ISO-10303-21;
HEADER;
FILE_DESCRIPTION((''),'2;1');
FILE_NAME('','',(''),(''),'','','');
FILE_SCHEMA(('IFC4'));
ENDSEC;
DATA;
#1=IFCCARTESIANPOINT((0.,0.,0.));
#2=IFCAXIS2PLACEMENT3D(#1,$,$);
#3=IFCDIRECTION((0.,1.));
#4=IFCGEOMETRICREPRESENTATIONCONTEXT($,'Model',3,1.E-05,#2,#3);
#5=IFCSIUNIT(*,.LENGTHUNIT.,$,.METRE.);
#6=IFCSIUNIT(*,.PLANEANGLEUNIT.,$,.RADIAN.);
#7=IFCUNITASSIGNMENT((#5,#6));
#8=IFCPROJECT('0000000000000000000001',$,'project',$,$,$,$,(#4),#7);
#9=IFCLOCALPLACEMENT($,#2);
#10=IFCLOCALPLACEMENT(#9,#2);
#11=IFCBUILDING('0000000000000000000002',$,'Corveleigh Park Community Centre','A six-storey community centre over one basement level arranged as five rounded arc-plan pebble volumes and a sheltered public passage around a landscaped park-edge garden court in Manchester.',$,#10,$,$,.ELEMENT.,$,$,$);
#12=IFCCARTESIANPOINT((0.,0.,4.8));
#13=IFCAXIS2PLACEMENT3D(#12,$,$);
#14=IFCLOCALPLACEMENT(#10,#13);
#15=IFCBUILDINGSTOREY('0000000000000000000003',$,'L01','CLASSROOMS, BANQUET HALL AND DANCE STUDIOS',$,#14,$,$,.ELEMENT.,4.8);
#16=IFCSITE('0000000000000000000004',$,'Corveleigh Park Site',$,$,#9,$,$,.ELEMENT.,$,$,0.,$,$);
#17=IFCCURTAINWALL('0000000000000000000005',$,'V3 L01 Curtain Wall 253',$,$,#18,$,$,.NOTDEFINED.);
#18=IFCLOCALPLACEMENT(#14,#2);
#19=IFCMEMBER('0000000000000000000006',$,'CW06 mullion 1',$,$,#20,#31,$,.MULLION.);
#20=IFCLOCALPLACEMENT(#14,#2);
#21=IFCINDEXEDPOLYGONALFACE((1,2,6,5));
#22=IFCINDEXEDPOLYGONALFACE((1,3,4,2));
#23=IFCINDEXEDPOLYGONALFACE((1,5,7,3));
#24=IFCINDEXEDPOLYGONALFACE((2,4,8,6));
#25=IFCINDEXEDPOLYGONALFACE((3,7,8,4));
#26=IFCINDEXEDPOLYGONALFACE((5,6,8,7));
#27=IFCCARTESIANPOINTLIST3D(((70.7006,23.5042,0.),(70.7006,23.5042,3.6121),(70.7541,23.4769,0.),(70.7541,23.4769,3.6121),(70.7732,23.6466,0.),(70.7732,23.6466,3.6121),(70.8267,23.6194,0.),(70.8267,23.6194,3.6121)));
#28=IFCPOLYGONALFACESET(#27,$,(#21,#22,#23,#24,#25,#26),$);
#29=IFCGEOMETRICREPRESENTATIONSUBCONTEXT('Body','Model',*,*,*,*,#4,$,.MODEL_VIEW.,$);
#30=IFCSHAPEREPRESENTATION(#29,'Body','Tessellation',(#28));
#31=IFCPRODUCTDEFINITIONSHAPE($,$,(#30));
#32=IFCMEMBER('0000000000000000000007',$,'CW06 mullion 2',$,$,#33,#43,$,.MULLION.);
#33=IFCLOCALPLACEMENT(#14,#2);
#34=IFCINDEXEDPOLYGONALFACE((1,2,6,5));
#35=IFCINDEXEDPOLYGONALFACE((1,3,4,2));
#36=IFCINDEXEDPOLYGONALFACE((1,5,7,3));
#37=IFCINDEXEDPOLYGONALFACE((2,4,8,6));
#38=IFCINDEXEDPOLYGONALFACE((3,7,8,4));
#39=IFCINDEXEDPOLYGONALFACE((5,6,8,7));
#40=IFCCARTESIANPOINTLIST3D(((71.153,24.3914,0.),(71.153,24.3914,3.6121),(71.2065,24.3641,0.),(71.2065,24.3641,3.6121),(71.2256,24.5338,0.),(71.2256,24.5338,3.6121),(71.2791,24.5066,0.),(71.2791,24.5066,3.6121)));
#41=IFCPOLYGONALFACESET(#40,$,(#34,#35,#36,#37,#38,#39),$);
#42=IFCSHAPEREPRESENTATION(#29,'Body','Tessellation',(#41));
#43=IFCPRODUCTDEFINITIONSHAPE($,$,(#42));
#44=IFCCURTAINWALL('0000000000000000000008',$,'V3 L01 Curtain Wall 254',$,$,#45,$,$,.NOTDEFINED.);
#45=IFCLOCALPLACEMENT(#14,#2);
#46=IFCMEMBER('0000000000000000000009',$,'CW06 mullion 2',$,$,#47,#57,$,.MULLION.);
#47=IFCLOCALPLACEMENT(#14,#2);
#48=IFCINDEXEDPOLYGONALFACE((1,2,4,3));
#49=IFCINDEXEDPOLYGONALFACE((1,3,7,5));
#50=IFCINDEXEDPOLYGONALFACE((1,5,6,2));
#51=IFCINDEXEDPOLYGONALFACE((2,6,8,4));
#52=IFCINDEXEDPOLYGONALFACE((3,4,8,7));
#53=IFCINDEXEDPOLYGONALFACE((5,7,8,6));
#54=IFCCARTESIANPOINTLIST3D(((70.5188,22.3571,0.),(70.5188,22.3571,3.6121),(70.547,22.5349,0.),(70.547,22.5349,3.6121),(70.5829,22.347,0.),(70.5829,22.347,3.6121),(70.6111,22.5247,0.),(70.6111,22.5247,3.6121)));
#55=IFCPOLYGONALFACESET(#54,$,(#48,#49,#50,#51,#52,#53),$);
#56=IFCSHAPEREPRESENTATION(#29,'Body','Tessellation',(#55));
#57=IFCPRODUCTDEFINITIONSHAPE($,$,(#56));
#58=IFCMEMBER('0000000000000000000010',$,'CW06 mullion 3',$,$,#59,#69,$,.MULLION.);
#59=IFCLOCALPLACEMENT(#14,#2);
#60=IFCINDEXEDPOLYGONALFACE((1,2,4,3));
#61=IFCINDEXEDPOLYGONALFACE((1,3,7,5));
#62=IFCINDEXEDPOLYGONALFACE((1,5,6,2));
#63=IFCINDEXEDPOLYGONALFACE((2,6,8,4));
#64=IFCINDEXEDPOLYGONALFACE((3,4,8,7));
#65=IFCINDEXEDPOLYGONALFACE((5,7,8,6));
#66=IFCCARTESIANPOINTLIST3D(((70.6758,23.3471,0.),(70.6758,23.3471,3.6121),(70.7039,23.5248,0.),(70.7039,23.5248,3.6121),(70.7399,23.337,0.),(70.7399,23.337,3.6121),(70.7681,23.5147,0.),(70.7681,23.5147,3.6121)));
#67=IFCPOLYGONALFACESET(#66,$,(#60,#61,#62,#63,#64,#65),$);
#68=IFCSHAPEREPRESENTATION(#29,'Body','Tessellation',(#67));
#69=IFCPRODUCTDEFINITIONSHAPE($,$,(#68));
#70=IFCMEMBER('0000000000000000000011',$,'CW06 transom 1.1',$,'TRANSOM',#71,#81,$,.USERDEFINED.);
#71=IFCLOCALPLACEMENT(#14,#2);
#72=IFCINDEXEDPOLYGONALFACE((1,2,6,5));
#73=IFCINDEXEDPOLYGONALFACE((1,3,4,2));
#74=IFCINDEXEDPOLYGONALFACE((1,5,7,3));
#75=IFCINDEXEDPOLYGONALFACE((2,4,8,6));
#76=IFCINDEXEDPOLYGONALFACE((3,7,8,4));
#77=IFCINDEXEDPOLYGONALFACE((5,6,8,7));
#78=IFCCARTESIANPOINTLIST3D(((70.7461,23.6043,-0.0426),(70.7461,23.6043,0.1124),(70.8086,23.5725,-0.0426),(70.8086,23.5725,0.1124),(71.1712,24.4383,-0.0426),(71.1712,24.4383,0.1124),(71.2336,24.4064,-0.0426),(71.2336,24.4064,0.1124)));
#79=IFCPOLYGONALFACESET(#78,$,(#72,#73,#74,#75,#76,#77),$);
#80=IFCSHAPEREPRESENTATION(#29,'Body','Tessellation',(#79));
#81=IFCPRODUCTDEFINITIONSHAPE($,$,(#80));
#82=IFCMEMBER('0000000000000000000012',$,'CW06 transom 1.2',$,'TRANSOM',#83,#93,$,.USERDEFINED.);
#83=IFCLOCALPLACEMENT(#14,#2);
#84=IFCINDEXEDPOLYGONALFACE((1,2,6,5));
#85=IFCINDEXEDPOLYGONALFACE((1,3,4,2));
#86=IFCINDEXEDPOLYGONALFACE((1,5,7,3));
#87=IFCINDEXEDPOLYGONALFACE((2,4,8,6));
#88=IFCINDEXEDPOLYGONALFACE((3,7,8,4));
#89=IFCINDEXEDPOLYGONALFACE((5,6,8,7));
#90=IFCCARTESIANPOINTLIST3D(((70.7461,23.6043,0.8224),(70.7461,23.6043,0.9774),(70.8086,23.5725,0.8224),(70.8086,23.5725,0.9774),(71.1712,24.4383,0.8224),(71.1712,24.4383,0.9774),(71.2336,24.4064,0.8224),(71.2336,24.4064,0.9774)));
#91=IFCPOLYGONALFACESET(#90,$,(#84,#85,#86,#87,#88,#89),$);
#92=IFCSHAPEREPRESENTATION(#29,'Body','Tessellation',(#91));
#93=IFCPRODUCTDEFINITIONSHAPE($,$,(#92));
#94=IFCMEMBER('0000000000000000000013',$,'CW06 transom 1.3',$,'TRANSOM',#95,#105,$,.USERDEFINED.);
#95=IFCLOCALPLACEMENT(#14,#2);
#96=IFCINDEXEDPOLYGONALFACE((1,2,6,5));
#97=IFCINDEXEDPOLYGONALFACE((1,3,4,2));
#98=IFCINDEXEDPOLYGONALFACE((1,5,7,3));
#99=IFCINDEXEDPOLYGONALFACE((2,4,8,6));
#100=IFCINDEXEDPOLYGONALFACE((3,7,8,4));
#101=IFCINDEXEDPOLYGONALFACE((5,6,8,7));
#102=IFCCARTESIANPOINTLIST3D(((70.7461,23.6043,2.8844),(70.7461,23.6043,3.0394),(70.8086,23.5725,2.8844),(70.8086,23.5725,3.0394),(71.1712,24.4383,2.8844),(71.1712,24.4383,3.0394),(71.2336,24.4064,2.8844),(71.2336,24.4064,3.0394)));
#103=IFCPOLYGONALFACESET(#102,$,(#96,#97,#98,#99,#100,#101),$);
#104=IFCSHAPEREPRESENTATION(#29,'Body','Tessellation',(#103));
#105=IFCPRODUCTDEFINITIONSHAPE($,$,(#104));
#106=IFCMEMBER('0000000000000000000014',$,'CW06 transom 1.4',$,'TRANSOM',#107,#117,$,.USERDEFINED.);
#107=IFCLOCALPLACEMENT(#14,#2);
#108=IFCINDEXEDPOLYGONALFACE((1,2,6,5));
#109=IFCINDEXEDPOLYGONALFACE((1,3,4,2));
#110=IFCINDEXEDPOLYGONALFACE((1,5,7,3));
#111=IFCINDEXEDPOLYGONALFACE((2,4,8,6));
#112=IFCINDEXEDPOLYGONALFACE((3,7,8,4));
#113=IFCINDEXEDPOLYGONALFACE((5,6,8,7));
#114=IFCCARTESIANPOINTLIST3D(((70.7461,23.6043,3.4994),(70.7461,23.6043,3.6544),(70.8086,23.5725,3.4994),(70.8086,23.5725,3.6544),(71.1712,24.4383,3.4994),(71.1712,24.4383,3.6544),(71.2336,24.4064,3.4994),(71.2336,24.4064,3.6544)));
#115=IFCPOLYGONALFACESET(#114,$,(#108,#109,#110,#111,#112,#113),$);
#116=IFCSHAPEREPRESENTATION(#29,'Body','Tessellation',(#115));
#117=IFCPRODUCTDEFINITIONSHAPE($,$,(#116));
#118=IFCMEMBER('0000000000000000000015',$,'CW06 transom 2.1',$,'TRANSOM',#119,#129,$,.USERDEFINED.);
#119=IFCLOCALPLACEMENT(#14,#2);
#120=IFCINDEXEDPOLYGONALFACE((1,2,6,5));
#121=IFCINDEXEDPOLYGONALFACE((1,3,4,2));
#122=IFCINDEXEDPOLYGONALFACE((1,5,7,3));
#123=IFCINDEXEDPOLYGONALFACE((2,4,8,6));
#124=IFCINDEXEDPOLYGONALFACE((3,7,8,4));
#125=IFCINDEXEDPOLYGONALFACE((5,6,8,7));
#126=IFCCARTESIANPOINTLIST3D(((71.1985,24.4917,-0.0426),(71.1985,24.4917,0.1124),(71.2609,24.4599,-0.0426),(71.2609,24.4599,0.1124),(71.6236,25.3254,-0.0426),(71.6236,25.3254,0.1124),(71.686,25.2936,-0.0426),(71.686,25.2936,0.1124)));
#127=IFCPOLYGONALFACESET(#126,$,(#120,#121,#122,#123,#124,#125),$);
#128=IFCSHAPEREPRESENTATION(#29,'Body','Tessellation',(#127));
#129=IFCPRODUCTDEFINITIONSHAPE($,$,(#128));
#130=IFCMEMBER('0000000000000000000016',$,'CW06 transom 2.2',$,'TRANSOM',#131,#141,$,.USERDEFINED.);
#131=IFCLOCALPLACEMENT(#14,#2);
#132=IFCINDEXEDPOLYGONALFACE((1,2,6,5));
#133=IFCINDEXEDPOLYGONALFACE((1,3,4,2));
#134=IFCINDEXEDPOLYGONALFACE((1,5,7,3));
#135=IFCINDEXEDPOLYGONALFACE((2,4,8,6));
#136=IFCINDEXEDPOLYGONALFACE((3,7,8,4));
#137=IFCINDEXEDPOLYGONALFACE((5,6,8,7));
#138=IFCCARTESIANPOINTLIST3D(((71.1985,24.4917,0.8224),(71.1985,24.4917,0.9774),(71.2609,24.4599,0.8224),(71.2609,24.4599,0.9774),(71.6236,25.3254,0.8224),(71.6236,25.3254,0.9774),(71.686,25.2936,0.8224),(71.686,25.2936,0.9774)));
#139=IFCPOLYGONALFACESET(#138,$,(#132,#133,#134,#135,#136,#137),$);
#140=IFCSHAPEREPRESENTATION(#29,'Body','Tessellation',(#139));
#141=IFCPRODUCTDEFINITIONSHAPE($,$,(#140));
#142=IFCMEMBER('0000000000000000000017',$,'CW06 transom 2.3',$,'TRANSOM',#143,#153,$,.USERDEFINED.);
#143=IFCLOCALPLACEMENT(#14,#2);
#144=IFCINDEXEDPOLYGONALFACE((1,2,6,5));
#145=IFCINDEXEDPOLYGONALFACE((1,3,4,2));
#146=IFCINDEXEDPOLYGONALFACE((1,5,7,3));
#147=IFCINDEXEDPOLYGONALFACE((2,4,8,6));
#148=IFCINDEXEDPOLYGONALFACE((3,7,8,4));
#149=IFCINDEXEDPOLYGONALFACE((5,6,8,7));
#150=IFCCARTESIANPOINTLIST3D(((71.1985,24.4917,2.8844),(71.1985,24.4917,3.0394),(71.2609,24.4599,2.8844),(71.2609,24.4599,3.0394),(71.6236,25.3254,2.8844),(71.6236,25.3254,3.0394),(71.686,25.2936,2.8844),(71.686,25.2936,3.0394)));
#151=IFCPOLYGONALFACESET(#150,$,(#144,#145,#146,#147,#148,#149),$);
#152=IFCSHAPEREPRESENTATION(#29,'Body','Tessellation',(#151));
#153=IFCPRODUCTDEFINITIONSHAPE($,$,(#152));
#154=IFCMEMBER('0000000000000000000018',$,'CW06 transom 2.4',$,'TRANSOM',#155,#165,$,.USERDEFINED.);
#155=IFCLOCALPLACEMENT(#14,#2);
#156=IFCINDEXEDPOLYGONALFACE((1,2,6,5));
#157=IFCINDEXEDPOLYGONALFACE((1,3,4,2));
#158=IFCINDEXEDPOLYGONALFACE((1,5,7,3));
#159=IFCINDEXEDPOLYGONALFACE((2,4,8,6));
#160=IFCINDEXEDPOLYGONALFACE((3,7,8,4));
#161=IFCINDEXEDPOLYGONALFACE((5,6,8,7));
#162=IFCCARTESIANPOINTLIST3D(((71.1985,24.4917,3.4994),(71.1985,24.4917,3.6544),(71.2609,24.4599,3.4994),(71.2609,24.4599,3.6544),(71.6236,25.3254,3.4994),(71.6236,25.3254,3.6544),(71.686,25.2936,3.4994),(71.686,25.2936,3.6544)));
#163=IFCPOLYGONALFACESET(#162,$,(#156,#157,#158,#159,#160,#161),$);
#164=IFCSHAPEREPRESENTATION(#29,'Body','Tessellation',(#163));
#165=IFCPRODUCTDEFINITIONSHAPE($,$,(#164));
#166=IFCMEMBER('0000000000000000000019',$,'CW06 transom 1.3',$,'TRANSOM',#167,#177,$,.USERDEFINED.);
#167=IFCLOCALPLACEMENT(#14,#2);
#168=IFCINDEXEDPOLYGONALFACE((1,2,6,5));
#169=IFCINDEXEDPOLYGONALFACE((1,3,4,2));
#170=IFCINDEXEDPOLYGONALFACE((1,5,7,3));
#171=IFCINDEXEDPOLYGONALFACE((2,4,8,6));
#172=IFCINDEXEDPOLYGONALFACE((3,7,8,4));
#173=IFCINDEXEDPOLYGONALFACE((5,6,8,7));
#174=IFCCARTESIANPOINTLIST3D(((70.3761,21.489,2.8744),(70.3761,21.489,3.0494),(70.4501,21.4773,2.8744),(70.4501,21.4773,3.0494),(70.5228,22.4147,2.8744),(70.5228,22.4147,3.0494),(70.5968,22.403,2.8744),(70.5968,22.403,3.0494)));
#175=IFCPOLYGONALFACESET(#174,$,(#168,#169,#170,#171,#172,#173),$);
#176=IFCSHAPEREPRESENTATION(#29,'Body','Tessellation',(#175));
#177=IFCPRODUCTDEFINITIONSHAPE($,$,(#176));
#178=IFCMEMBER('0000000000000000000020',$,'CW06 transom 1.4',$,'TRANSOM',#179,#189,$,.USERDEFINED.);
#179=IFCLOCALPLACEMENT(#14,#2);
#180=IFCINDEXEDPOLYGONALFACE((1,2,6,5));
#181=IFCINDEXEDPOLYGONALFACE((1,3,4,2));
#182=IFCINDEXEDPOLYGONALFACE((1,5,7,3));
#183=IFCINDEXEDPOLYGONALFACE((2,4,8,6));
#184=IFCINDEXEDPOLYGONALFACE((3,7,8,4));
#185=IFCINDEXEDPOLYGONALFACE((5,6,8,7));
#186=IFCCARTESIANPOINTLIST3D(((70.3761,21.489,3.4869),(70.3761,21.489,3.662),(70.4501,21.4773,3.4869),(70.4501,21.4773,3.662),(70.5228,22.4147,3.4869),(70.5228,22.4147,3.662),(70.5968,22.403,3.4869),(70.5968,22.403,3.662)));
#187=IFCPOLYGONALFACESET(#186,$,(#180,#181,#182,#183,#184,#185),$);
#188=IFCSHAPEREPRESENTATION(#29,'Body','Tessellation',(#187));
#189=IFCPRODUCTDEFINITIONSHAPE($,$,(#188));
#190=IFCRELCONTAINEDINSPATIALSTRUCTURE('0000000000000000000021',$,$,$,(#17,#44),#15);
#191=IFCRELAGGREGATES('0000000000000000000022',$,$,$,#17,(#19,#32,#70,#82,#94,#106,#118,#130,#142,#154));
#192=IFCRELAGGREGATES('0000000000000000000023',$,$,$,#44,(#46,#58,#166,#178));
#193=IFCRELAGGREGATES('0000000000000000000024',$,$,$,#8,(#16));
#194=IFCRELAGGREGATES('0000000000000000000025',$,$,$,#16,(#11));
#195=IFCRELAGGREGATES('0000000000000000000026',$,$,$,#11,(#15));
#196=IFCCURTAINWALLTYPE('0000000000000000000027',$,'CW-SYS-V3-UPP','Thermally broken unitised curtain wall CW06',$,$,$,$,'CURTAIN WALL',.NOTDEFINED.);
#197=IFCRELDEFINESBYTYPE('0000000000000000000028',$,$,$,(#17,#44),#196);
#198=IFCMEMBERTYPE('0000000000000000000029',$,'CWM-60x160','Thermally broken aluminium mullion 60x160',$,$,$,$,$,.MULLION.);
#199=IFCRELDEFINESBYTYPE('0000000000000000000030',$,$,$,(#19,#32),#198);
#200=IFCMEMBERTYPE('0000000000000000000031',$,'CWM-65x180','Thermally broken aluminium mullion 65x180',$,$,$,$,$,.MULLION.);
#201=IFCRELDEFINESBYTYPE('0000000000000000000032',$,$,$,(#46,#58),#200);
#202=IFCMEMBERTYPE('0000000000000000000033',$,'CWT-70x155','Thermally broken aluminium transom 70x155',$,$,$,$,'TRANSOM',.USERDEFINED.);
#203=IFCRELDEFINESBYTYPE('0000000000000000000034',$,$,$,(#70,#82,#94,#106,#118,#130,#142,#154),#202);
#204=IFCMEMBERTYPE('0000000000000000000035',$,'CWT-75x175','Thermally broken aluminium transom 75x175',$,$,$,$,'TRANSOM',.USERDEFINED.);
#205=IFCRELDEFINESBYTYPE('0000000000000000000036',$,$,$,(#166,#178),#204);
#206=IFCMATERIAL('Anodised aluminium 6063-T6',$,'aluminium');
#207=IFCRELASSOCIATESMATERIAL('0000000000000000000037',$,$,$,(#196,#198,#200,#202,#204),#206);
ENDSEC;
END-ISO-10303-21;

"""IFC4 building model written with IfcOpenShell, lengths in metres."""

from ifc_helpers import new_model, si_unit, direction, frame, origin, origin_2d, place, context, subcontext, project, spatial, rectangle, extrude, material, material_profile, profile_set, type_object, element, aggregate, save


model = new_model("IFC4")

# Units and contexts
model_context = context("Model", 3, precision=1e-05, world=origin(), true_north=direction((0.0, 1.0)))
body_context = subcontext(model_context, "Body", "Model", "MODEL_VIEW")
ifc_project = project(units=[si_unit("LENGTHUNIT", "METRE"), si_unit("PLANEANGLEUNIT", "RADIAN")], contexts=[model_context])

# Site, building, storey
site_placement = place(None, origin())
site = spatial("IfcSite", under=ifc_project, at=site_placement, Name="Corveleigh Park Site", CompositionType="ELEMENT", RefElevation=0.0)
building_placement = place(site_placement, origin())
building = spatial("IfcBuilding", under=site, at=building_placement, Name="Corveleigh Park Community Centre", Description="A six-storey community centre over one basement level arranged as five rounded arc-plan pebble volumes and a sheltered public passage around a landscaped park-edge garden court in Manchester.", CompositionType="ELEMENT")
storey_placement = place(building_placement, frame((0.0, 0.0, 4.8)))
storey = spatial("IfcBuildingStorey", under=building, at=storey_placement, Name="L01", Description="CLASSROOMS, BANQUET HALL AND DANCE STUDIOS", CompositionType="ELEMENT", Elevation=4.8)

# Curtain walls, members
ifc_material_1 = material(Name="Anodised aluminium 6063-T6", Category="aluminium")
curtain_wall_type = type_object("IfcCurtainWallType", Name="CW-SYS-V3-UPP", Description="Thermally broken unitised curtain wall CW06", ElementType="CURTAIN WALL", PredefinedType="NOTDEFINED", material=ifc_material_1)
curtain_wall_1_placement = place(storey_placement, origin())
curtain_wall_1 = element("IfcCurtainWall", 1, at=curtain_wall_1_placement, inside=storey, type_object=curtain_wall_type, Name="V3 L01 Curtain Wall 253", PredefinedType="NOTDEFINED")
ifc_material_profile_1 = material_profile(ifc_material_1, rectangle(XDim=0.0601, YDim=0.1599, at=origin_2d()), Name="ALU-M60x160", Category="aluminium")
ifc_profile_set_1 = profile_set([ifc_material_profile_1], Name="Anodised aluminium 6063-T6")
member_type_1 = type_object("IfcMemberType", Name="CWM-60x160", Description="Thermally broken aluminium mullion 60x160", PredefinedType="MULLION", material=ifc_profile_set_1)
member_1_placement = place(storey_placement, frame((70.7637, 23.5618, 0.0), z_axis=(0.0, 0.0, 1.0), x_axis=(-0.890891, 0.454218, 0.0)))
member_1 = element("IfcMember", 2, at=member_1_placement, type_object=member_type_1, Name="CW06 mullion 1", PredefinedType="MULLION", context=body_context, shape_type="SweptSolid", body=[
    extrude(rectangle(XDim=0.0601, YDim=0.1599, at=origin_2d()), origin(), (0.0, 0.0, 1.0), 3.6121),
])
member_2_placement = place(storey_placement, frame((71.2161, 24.449, 0.0), z_axis=(0.0, 0.0, 1.0), x_axis=(-0.890891, 0.454218, 0.0)))
member_2 = element("IfcMember", 3, at=member_2_placement, type_object=member_type_1, Name="CW06 mullion 2", PredefinedType="MULLION", context=body_context, shape_type="SweptSolid", body=[
    extrude(rectangle(XDim=0.0601, YDim=0.1599, at=origin_2d()), origin(), (0.0, 0.0, 1.0), 3.6121),
])
curtain_wall_2_placement = place(storey_placement, origin())
curtain_wall_2 = element("IfcCurtainWall", 4, at=curtain_wall_2_placement, inside=storey, type_object=curtain_wall_type, Name="V3 L01 Curtain Wall 254", PredefinedType="NOTDEFINED")
ifc_material_profile_2 = material_profile(ifc_material_1, rectangle(XDim=0.0649, YDim=0.1799, at=origin_2d()), Name="ALU-M65x180", Category="aluminium")
ifc_profile_set_2 = profile_set([ifc_material_profile_2], Name="Anodised aluminium 6063-T6")
member_type_2 = type_object("IfcMemberType", Name="CWM-65x180", Description="Thermally broken aluminium mullion 65x180", PredefinedType="MULLION", material=ifc_profile_set_2)
member_3_placement = place(storey_placement, frame((70.5649, 22.4409, 0.0), z_axis=(0.0, 0.0, 1.0), x_axis=(-0.987669, 0.156558, 0.0)))
member_3 = element("IfcMember", 5, at=member_3_placement, type_object=member_type_2, Name="CW06 mullion 2", PredefinedType="MULLION", context=body_context, shape_type="SweptSolid", body=[
    extrude(rectangle(XDim=0.0649, YDim=0.1799, at=origin_2d()), origin(), (0.0, 0.0, 1.0), 3.6121),
])
member_4_placement = place(storey_placement, frame((70.7219, 23.4309, 0.0), z_axis=(0.0, 0.0, 1.0), x_axis=(-0.987669, 0.156558, 0.0)))
member_4 = element("IfcMember", 6, at=member_4_placement, type_object=member_type_2, Name="CW06 mullion 3", PredefinedType="MULLION", context=body_context, shape_type="SweptSolid", body=[
    extrude(rectangle(XDim=0.0649, YDim=0.1799, at=origin_2d()), origin(), (0.0, 0.0, 1.0), 3.6121),
])

# Members
ifc_material_profile_3 = material_profile(ifc_material_1, rectangle(XDim=0.0701, YDim=0.155, at=origin_2d()), Name="ALU-T70x155", Category="aluminium")
ifc_profile_set_3 = profile_set([ifc_material_profile_3], Name="Anodised aluminium 6063-T6")
member_type_3 = type_object("IfcMemberType", Name="CWT-70x155", Description="Thermally broken aluminium transom 70x155", ElementType="TRANSOM", PredefinedType="USERDEFINED", material=ifc_profile_set_3)
member_5_placement = place(storey_placement, frame((70.7773, 23.5884, 0.0349), z_axis=(0.454086, 0.890958, 0.0), x_axis=(-0.890958, 0.454086, 0.0)))
member_5 = element("IfcMember", 7, at=member_5_placement, type_object=member_type_3, Name="CW06 transom 1.1", ObjectType="TRANSOM", PredefinedType="USERDEFINED", context=body_context, shape_type="SweptSolid", body=[
    extrude(rectangle(XDim=0.0701, YDim=0.155, at=origin_2d()), origin(), (0.0, 0.0, 1.0), 0.936),
])
member_6_placement = place(storey_placement, frame((70.7773, 23.5884, 0.8999), z_axis=(0.454086, 0.890958, 0.0), x_axis=(-0.890958, 0.454086, 0.0)))
member_6 = element("IfcMember", 8, at=member_6_placement, type_object=member_type_3, Name="CW06 transom 1.2", ObjectType="TRANSOM", PredefinedType="USERDEFINED", context=body_context, shape_type="SweptSolid", body=[
    extrude(rectangle(XDim=0.0701, YDim=0.155, at=origin_2d()), origin(), (0.0, 0.0, 1.0), 0.936),
])
member_7_placement = place(storey_placement, frame((70.7773, 23.5884, 2.9619), z_axis=(0.454086, 0.890958, 0.0), x_axis=(-0.890958, 0.454086, 0.0)))
member_7 = element("IfcMember", 9, at=member_7_placement, type_object=member_type_3, Name="CW06 transom 1.3", ObjectType="TRANSOM", PredefinedType="USERDEFINED", context=body_context, shape_type="SweptSolid", body=[
    extrude(rectangle(XDim=0.0701, YDim=0.155, at=origin_2d()), origin(), (0.0, 0.0, 1.0), 0.936),
])
member_8_placement = place(storey_placement, frame((70.7773, 23.5884, 3.5769), z_axis=(0.454086, 0.890958, 0.0), x_axis=(-0.890958, 0.454086, 0.0)))
member_8 = element("IfcMember", 10, at=member_8_placement, type_object=member_type_3, Name="CW06 transom 1.4", ObjectType="TRANSOM", PredefinedType="USERDEFINED", context=body_context, shape_type="SweptSolid", body=[
    extrude(rectangle(XDim=0.0701, YDim=0.155, at=origin_2d()), origin(), (0.0, 0.0, 1.0), 0.936),
])
member_9_placement = place(storey_placement, frame((71.2297, 24.4758, 0.0349), z_axis=(0.454192, 0.890904, 0.0), x_axis=(-0.890904, 0.454192, 0.0)))
member_9 = element("IfcMember", 11, at=member_9_placement, type_object=member_type_3, Name="CW06 transom 2.1", ObjectType="TRANSOM", PredefinedType="USERDEFINED", context=body_context, shape_type="SweptSolid", body=[
    extrude(rectangle(XDim=0.0701, YDim=0.155, at=origin_2d()), origin(), (0.0, 0.0, 1.0), 0.9358),
])
member_10_placement = place(storey_placement, frame((71.2297, 24.4758, 0.8999), z_axis=(0.454192, 0.890904, 0.0), x_axis=(-0.890904, 0.454192, 0.0)))
member_10 = element("IfcMember", 12, at=member_10_placement, type_object=member_type_3, Name="CW06 transom 2.2", ObjectType="TRANSOM", PredefinedType="USERDEFINED", context=body_context, shape_type="SweptSolid", body=[
    extrude(rectangle(XDim=0.0701, YDim=0.155, at=origin_2d()), origin(), (0.0, 0.0, 1.0), 0.9358),
])
member_11_placement = place(storey_placement, frame((71.2297, 24.4758, 2.9619), z_axis=(0.454192, 0.890904, 0.0), x_axis=(-0.890904, 0.454192, 0.0)))
member_11 = element("IfcMember", 13, at=member_11_placement, type_object=member_type_3, Name="CW06 transom 2.3", ObjectType="TRANSOM", PredefinedType="USERDEFINED", context=body_context, shape_type="SweptSolid", body=[
    extrude(rectangle(XDim=0.0701, YDim=0.155, at=origin_2d()), origin(), (0.0, 0.0, 1.0), 0.9358),
])
member_12_placement = place(storey_placement, frame((71.2297, 24.4758, 3.5769), z_axis=(0.454192, 0.890904, 0.0), x_axis=(-0.890904, 0.454192, 0.0)))
member_12 = element("IfcMember", 14, at=member_12_placement, type_object=member_type_3, Name="CW06 transom 2.4", ObjectType="TRANSOM", PredefinedType="USERDEFINED", context=body_context, shape_type="SweptSolid", body=[
    extrude(rectangle(XDim=0.0701, YDim=0.155, at=origin_2d()), origin(), (0.0, 0.0, 1.0), 0.9358),
])
ifc_material_profile_4 = material_profile(ifc_material_1, rectangle(XDim=0.075, YDim=0.175, at=origin_2d()), Name="ALU-T75x175", Category="aluminium")
ifc_profile_set_4 = profile_set([ifc_material_profile_4], Name="Anodised aluminium 6063-T6")
member_type_4 = type_object("IfcMemberType", Name="CWT-75x175", Description="Thermally broken aluminium transom 75x175", ElementType="TRANSOM", PredefinedType="USERDEFINED", material=ifc_profile_set_4)
member_13_placement = place(storey_placement, frame((70.4131, 21.4832, 2.9619), z_axis=(0.156538, 0.987672, 0.0), x_axis=(-0.987672, 0.156538, 0.0)))
member_13 = element("IfcMember", 15, at=member_13_placement, type_object=member_type_4, Name="CW06 transom 1.3", ObjectType="TRANSOM", PredefinedType="USERDEFINED", context=body_context, shape_type="SweptSolid", body=[
    extrude(rectangle(XDim=0.075, YDim=0.175, at=origin_2d()), origin(), (0.0, 0.0, 1.0), 0.9373),
])
member_14_placement = place(storey_placement, frame((70.4131, 21.4832, 3.5745), z_axis=(0.156538, 0.987672, 0.0), x_axis=(-0.987672, 0.156538, 0.0)))
member_14 = element("IfcMember", 16, at=member_14_placement, type_object=member_type_4, Name="CW06 transom 1.4", ObjectType="TRANSOM", PredefinedType="USERDEFINED", context=body_context, shape_type="SweptSolid", body=[
    extrude(rectangle(XDim=0.075, YDim=0.175, at=origin_2d()), origin(), (0.0, 0.0, 1.0), 0.9373),
])

aggregate(curtain_wall_1, [member_1, member_2, member_5, member_6, member_7, member_8, member_9, member_10, member_11, member_12])
aggregate(curtain_wall_2, [member_3, member_4, member_13, member_14])

save(model, "model.ifc")
